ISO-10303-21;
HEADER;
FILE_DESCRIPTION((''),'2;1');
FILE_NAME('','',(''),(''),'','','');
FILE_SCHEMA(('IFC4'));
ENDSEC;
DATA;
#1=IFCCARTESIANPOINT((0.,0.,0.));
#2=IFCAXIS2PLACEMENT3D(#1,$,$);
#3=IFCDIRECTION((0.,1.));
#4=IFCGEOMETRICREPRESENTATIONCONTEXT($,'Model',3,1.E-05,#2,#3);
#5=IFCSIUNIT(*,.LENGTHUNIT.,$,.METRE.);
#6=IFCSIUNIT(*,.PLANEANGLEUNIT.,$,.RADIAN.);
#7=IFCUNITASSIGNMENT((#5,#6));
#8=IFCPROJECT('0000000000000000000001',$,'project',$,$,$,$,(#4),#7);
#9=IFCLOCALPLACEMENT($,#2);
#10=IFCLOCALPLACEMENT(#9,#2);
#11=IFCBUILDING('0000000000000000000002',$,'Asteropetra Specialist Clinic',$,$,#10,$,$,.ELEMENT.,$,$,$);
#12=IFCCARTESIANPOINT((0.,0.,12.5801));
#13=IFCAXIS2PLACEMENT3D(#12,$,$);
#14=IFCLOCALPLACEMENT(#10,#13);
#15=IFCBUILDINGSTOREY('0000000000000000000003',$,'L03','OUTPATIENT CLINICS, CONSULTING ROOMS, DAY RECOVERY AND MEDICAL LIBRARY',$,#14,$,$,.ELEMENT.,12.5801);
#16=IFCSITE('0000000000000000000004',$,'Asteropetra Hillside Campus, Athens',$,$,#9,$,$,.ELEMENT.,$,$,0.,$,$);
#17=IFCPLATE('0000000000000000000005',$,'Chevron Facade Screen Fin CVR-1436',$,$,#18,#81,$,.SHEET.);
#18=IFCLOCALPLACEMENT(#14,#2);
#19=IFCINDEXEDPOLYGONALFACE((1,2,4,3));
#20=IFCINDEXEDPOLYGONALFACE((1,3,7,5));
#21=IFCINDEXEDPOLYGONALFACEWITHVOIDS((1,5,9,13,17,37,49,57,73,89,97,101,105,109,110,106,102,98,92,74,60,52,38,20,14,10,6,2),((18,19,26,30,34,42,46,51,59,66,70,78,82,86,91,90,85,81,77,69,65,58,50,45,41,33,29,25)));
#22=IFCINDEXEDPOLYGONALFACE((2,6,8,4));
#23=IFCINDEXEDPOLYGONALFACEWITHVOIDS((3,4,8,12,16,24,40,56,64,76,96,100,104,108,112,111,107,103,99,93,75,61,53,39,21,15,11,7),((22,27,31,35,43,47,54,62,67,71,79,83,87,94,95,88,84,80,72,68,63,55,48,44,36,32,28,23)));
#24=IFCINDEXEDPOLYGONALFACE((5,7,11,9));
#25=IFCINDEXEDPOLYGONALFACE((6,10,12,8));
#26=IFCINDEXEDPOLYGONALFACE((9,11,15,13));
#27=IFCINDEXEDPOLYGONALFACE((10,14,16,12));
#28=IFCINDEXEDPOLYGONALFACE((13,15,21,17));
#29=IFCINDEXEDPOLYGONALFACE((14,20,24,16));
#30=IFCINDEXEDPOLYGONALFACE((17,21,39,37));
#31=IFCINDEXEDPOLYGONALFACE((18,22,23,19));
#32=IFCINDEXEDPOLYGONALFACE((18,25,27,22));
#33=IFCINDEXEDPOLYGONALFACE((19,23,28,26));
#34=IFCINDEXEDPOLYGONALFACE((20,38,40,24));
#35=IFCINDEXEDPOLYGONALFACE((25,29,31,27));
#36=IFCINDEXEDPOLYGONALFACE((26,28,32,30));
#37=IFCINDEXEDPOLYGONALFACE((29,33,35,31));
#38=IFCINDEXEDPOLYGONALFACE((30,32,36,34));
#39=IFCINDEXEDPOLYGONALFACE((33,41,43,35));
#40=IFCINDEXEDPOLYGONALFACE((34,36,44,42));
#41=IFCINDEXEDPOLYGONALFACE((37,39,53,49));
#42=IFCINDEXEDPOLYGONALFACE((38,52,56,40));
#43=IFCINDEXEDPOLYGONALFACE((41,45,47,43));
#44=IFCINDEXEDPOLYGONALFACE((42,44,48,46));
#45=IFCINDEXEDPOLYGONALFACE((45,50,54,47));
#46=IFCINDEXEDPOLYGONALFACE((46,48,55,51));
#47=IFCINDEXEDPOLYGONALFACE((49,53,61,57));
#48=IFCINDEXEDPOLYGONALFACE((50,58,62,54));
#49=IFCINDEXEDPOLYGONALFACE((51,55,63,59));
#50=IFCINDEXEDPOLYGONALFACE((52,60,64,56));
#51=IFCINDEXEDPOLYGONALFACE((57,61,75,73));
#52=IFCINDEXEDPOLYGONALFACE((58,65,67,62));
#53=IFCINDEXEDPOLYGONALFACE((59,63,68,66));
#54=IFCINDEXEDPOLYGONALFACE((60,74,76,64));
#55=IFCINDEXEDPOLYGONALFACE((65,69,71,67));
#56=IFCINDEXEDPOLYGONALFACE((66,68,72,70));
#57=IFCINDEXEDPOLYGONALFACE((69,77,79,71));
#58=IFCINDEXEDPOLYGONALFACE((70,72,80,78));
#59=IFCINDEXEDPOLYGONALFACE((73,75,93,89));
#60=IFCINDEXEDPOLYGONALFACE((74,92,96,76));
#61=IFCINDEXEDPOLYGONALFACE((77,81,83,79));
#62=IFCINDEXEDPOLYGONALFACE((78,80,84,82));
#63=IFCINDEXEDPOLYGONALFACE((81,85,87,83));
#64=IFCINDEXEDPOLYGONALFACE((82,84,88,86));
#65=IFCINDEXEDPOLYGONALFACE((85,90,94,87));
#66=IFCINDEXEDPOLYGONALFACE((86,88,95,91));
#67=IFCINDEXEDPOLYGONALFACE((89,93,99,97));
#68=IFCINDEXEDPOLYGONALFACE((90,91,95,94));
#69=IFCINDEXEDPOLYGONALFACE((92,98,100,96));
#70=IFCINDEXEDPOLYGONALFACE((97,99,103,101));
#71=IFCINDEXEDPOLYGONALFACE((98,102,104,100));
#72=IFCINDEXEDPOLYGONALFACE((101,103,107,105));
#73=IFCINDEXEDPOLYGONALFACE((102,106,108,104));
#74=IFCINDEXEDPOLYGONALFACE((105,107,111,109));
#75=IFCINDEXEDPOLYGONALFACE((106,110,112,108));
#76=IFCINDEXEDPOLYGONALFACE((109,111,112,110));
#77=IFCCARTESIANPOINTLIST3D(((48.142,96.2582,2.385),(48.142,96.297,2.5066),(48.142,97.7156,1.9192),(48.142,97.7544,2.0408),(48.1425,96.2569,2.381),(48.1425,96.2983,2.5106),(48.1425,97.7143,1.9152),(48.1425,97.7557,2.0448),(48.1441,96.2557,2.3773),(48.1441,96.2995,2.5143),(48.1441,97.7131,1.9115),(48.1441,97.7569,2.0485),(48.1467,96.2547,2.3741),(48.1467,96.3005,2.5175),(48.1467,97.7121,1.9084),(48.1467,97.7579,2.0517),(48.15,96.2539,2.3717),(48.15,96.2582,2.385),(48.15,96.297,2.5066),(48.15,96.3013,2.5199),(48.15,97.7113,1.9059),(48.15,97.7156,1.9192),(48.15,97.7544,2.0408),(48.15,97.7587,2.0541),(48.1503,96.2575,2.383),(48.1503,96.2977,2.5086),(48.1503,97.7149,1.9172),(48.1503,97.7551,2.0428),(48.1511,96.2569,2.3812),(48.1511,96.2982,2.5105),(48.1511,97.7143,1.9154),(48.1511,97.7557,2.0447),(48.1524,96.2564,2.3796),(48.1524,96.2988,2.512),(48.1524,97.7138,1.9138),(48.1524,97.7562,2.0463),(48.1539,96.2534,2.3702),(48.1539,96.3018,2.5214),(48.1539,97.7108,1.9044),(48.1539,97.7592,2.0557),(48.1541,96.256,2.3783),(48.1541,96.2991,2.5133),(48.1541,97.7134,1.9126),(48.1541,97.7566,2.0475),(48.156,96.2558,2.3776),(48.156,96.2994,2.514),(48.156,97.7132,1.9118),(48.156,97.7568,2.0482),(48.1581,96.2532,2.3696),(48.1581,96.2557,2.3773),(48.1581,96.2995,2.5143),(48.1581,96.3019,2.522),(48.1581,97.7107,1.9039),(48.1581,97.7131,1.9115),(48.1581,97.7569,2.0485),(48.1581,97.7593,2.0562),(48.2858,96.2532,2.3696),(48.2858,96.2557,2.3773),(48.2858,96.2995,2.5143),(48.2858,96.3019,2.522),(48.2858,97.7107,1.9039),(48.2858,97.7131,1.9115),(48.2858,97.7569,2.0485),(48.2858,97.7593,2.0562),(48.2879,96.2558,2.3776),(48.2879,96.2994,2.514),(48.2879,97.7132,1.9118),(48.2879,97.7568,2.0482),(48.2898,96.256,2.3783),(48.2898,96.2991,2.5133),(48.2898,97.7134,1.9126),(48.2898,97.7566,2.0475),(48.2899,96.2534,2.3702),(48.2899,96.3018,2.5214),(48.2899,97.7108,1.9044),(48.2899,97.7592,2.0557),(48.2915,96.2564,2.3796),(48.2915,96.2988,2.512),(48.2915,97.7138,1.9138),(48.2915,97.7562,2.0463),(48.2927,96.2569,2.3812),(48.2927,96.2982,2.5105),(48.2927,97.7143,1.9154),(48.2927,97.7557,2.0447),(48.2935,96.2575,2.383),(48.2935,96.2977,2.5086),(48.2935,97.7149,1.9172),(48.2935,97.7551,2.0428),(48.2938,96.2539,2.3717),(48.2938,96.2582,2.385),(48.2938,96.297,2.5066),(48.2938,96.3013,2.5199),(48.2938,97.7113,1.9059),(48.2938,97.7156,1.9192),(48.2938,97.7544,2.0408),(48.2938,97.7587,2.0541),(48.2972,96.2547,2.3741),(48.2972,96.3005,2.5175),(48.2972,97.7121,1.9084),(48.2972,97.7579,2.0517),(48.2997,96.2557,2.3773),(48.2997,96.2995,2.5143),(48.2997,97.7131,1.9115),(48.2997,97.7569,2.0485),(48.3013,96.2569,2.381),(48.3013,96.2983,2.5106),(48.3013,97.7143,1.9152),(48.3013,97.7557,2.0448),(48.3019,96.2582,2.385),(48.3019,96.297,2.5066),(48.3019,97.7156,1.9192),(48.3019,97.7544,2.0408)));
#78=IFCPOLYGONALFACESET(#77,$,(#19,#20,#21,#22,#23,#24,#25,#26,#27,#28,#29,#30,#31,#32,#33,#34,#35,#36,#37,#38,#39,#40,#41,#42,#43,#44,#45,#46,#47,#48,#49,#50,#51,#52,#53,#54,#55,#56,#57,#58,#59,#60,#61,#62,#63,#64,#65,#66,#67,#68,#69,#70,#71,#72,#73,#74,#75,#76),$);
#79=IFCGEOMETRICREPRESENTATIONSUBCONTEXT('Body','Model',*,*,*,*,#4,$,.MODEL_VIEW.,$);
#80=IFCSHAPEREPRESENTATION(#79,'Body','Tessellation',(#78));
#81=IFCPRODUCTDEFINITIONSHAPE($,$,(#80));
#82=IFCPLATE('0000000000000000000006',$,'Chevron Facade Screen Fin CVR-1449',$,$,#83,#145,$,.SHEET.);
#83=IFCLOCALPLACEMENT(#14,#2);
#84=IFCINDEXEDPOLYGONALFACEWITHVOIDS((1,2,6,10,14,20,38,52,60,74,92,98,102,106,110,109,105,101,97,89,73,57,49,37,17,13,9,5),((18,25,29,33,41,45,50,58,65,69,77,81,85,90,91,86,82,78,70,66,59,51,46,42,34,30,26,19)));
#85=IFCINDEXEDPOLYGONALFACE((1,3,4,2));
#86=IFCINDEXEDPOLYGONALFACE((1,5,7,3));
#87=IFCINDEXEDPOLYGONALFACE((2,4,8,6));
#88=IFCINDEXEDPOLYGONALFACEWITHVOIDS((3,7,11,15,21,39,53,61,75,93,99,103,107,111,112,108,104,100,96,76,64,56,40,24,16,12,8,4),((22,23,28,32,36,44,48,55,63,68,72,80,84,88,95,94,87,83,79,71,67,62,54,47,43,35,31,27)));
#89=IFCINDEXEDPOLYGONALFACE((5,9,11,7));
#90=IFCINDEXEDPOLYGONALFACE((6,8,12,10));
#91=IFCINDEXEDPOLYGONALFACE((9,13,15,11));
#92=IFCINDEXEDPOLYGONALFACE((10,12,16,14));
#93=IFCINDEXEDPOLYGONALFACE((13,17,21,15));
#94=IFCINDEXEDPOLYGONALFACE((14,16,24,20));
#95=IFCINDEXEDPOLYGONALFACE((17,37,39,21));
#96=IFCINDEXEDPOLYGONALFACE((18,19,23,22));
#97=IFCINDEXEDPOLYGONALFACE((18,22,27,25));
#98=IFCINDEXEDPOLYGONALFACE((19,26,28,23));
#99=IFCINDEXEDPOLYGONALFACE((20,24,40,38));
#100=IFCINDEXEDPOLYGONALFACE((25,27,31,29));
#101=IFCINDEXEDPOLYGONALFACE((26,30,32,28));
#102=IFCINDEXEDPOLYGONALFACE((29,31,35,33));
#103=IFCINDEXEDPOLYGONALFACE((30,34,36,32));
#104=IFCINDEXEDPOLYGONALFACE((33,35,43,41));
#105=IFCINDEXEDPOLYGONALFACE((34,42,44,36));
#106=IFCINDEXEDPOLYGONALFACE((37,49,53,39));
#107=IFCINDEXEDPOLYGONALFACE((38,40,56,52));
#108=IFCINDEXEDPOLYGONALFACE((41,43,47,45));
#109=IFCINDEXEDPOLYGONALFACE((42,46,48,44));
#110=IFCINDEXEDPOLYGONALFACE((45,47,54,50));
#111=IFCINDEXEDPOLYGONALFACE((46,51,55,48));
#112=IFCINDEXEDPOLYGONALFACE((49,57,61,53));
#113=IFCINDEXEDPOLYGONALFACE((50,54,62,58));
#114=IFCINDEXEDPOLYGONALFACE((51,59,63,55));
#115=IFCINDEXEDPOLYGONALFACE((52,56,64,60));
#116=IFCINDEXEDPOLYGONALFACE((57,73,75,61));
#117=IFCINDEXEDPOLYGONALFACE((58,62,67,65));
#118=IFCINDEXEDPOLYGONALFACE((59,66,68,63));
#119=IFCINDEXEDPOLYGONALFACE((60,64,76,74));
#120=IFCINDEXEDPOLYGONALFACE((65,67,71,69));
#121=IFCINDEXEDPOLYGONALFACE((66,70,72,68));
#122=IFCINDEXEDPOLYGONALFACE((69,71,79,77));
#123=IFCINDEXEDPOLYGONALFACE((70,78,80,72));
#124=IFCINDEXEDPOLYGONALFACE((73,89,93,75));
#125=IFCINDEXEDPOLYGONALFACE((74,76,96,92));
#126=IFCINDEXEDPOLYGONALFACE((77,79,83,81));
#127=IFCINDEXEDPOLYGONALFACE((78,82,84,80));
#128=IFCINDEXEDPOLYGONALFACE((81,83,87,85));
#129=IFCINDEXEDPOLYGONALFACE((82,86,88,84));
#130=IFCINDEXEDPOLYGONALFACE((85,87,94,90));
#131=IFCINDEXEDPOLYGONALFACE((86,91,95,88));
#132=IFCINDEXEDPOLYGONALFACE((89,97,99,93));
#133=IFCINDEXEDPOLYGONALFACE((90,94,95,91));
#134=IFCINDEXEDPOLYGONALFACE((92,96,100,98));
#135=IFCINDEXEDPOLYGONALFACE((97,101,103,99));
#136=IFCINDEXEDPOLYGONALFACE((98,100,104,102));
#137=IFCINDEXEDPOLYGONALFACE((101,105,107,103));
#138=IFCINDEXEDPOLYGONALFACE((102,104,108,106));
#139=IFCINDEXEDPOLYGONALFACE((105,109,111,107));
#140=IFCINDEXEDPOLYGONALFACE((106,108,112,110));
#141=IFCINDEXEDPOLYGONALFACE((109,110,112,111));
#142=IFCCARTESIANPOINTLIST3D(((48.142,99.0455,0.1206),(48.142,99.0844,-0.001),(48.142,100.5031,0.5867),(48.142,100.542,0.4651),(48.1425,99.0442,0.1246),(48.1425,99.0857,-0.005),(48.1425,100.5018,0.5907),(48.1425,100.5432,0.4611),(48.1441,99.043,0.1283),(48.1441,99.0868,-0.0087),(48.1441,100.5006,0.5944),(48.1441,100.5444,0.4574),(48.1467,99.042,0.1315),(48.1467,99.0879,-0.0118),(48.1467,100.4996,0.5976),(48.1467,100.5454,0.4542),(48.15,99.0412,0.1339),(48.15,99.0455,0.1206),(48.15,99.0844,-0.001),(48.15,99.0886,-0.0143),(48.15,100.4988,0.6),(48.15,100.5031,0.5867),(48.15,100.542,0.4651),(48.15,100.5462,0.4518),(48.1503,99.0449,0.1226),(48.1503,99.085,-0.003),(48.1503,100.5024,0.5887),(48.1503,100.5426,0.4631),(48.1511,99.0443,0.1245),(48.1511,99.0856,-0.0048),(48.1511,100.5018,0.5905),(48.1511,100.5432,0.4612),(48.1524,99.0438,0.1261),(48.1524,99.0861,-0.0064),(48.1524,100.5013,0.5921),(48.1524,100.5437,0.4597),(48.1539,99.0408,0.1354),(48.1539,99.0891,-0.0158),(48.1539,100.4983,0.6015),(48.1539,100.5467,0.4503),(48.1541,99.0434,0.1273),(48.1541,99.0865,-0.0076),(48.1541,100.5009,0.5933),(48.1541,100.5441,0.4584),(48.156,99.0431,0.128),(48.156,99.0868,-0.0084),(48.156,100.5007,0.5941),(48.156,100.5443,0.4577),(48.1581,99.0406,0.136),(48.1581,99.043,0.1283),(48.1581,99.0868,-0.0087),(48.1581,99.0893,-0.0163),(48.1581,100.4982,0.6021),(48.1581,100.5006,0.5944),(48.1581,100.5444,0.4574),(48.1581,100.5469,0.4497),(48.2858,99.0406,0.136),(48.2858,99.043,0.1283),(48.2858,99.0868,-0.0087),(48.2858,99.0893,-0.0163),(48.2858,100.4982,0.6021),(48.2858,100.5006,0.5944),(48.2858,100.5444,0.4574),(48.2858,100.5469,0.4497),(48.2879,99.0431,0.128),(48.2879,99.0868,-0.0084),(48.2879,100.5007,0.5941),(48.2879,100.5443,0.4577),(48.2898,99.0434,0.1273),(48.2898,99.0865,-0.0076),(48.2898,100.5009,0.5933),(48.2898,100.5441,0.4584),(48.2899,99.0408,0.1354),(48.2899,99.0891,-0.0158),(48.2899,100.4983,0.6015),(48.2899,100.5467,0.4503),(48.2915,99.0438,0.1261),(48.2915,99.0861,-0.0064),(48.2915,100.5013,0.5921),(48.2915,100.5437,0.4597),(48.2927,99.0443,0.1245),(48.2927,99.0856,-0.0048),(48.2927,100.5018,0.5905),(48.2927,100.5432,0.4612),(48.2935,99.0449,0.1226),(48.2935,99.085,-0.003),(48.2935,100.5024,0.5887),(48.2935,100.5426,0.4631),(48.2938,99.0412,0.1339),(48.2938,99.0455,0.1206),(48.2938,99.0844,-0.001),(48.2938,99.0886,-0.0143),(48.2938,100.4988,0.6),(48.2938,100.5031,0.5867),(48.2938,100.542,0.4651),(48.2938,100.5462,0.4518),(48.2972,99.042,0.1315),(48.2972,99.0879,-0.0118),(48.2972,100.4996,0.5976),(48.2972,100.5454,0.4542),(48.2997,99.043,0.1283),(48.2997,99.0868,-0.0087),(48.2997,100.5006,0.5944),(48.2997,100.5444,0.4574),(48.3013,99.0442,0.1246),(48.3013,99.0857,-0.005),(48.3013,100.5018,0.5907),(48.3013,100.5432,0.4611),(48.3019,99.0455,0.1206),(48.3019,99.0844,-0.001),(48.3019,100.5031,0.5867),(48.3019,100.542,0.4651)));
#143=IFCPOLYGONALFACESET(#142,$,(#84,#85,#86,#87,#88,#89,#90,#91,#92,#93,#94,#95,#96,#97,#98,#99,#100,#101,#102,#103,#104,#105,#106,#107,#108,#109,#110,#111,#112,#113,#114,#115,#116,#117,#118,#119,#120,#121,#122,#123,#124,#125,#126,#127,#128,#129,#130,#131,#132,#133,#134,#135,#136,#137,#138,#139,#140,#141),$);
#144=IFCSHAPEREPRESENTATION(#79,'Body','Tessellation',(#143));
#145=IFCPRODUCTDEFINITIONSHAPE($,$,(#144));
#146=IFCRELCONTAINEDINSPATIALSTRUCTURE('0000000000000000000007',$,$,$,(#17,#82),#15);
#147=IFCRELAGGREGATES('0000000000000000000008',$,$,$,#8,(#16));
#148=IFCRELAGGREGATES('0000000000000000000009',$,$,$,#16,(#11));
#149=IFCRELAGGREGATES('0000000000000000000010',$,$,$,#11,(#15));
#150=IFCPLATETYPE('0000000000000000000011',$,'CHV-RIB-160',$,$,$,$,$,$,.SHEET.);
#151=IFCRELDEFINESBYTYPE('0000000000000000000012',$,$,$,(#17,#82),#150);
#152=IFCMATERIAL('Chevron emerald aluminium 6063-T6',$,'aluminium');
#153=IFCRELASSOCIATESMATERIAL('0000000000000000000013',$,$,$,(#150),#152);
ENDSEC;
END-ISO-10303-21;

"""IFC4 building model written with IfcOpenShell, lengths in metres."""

from ifc_helpers import new_model, si_unit, direction, frame, origin, origin_2d, place, context, subcontext, project, spatial, hollow_rectangle, extrude, material, material_profile, profile_set, type_object, element, save


model = new_model("IFC4")

# Units and contexts
model_context = context("Model", 3, precision=1e-05, world=origin(), true_north=direction((0.0, 1.0)))
body_context = subcontext(model_context, "Body", "Model", "MODEL_VIEW")
ifc_project = project(units=[si_unit("LENGTHUNIT", "METRE"), si_unit("PLANEANGLEUNIT", "RADIAN")], contexts=[model_context])

# Site, building, storey
site_placement = place(None, origin())
site = spatial("IfcSite", under=ifc_project, at=site_placement, Name="Asteropetra Hillside Campus, Athens", CompositionType="ELEMENT", RefElevation=0.0)
building_placement = place(site_placement, origin())
building = spatial("IfcBuilding", under=site, at=building_placement, Name="Asteropetra Specialist Clinic", CompositionType="ELEMENT")
storey_placement = place(building_placement, frame((0.0, 0.0, 12.5801)))
storey = spatial("IfcBuildingStorey", under=building, at=storey_placement, Name="L03", Description="OUTPATIENT CLINICS, CONSULTING ROOMS, DAY RECOVERY AND MEDICAL LIBRARY", CompositionType="ELEMENT", Elevation=12.5801)

# Plates
ifc_material_1 = material(Name="Chevron emerald aluminium 6063-T6", Category="aluminium")
ifc_material_profile_1 = material_profile(ifc_material_1, hollow_rectangle(XDim=0.1599, YDim=0.1599, WallThickness=0.0081, InnerFilletRadius=0.0081, OuterFilletRadius=0.0161, at=origin_2d()), Name="SHS 160x160x8.0")
ifc_profile_set_1 = profile_set([ifc_material_profile_1], Name="Chevron emerald aluminium 6063-T6")
plate_type_1 = type_object("IfcPlateType", Name="CHV-RIB-160", PredefinedType="SHEET", material=ifc_profile_set_1)
for number, where, z_axis, x_axis, name in (
    (1, (48.2219, 96.2776, 2.4458), (0.0, 0.952535, -0.304428), (-1.0, 0.0, 0.0), "Chevron Facade Screen Fin CVR-1436"),
):
    element("IfcPlate", number, at=place(storey_placement, frame(where, z_axis=z_axis, x_axis=x_axis)), inside=storey, type_object=plate_type_1, Name=name, PredefinedType="SHEET", context=body_context, shape_type="SweptSolid", body=[
        extrude(hollow_rectangle(XDim=0.1599, YDim=0.1599, WallThickness=0.0081, InnerFilletRadius=0.0081, OuterFilletRadius=0.0161, at=origin_2d()), origin(), (0.0, 0.0, 1.0), 1.53),
    ])
plate_placement = place(storey_placement, frame((48.2219, 99.0649, 0.0598), z_axis=(0.0, 0.952489, 0.304573), x_axis=(-1.0, 0.0, 0.0)))
element("IfcPlate", 2, at=plate_placement, inside=storey, type_object=plate_type_1, Name="Chevron Facade Screen Fin CVR-1449", PredefinedType="SHEET", context=body_context, shape_type="SweptSolid", body=[
    extrude(hollow_rectangle(XDim=0.1599, YDim=0.1599, WallThickness=0.0081, InnerFilletRadius=0.0081, OuterFilletRadius=0.0161, at=origin_2d()), origin(), (0.0, 0.0, 1.0), 1.5303),
])

save(model, "model.ifc")
